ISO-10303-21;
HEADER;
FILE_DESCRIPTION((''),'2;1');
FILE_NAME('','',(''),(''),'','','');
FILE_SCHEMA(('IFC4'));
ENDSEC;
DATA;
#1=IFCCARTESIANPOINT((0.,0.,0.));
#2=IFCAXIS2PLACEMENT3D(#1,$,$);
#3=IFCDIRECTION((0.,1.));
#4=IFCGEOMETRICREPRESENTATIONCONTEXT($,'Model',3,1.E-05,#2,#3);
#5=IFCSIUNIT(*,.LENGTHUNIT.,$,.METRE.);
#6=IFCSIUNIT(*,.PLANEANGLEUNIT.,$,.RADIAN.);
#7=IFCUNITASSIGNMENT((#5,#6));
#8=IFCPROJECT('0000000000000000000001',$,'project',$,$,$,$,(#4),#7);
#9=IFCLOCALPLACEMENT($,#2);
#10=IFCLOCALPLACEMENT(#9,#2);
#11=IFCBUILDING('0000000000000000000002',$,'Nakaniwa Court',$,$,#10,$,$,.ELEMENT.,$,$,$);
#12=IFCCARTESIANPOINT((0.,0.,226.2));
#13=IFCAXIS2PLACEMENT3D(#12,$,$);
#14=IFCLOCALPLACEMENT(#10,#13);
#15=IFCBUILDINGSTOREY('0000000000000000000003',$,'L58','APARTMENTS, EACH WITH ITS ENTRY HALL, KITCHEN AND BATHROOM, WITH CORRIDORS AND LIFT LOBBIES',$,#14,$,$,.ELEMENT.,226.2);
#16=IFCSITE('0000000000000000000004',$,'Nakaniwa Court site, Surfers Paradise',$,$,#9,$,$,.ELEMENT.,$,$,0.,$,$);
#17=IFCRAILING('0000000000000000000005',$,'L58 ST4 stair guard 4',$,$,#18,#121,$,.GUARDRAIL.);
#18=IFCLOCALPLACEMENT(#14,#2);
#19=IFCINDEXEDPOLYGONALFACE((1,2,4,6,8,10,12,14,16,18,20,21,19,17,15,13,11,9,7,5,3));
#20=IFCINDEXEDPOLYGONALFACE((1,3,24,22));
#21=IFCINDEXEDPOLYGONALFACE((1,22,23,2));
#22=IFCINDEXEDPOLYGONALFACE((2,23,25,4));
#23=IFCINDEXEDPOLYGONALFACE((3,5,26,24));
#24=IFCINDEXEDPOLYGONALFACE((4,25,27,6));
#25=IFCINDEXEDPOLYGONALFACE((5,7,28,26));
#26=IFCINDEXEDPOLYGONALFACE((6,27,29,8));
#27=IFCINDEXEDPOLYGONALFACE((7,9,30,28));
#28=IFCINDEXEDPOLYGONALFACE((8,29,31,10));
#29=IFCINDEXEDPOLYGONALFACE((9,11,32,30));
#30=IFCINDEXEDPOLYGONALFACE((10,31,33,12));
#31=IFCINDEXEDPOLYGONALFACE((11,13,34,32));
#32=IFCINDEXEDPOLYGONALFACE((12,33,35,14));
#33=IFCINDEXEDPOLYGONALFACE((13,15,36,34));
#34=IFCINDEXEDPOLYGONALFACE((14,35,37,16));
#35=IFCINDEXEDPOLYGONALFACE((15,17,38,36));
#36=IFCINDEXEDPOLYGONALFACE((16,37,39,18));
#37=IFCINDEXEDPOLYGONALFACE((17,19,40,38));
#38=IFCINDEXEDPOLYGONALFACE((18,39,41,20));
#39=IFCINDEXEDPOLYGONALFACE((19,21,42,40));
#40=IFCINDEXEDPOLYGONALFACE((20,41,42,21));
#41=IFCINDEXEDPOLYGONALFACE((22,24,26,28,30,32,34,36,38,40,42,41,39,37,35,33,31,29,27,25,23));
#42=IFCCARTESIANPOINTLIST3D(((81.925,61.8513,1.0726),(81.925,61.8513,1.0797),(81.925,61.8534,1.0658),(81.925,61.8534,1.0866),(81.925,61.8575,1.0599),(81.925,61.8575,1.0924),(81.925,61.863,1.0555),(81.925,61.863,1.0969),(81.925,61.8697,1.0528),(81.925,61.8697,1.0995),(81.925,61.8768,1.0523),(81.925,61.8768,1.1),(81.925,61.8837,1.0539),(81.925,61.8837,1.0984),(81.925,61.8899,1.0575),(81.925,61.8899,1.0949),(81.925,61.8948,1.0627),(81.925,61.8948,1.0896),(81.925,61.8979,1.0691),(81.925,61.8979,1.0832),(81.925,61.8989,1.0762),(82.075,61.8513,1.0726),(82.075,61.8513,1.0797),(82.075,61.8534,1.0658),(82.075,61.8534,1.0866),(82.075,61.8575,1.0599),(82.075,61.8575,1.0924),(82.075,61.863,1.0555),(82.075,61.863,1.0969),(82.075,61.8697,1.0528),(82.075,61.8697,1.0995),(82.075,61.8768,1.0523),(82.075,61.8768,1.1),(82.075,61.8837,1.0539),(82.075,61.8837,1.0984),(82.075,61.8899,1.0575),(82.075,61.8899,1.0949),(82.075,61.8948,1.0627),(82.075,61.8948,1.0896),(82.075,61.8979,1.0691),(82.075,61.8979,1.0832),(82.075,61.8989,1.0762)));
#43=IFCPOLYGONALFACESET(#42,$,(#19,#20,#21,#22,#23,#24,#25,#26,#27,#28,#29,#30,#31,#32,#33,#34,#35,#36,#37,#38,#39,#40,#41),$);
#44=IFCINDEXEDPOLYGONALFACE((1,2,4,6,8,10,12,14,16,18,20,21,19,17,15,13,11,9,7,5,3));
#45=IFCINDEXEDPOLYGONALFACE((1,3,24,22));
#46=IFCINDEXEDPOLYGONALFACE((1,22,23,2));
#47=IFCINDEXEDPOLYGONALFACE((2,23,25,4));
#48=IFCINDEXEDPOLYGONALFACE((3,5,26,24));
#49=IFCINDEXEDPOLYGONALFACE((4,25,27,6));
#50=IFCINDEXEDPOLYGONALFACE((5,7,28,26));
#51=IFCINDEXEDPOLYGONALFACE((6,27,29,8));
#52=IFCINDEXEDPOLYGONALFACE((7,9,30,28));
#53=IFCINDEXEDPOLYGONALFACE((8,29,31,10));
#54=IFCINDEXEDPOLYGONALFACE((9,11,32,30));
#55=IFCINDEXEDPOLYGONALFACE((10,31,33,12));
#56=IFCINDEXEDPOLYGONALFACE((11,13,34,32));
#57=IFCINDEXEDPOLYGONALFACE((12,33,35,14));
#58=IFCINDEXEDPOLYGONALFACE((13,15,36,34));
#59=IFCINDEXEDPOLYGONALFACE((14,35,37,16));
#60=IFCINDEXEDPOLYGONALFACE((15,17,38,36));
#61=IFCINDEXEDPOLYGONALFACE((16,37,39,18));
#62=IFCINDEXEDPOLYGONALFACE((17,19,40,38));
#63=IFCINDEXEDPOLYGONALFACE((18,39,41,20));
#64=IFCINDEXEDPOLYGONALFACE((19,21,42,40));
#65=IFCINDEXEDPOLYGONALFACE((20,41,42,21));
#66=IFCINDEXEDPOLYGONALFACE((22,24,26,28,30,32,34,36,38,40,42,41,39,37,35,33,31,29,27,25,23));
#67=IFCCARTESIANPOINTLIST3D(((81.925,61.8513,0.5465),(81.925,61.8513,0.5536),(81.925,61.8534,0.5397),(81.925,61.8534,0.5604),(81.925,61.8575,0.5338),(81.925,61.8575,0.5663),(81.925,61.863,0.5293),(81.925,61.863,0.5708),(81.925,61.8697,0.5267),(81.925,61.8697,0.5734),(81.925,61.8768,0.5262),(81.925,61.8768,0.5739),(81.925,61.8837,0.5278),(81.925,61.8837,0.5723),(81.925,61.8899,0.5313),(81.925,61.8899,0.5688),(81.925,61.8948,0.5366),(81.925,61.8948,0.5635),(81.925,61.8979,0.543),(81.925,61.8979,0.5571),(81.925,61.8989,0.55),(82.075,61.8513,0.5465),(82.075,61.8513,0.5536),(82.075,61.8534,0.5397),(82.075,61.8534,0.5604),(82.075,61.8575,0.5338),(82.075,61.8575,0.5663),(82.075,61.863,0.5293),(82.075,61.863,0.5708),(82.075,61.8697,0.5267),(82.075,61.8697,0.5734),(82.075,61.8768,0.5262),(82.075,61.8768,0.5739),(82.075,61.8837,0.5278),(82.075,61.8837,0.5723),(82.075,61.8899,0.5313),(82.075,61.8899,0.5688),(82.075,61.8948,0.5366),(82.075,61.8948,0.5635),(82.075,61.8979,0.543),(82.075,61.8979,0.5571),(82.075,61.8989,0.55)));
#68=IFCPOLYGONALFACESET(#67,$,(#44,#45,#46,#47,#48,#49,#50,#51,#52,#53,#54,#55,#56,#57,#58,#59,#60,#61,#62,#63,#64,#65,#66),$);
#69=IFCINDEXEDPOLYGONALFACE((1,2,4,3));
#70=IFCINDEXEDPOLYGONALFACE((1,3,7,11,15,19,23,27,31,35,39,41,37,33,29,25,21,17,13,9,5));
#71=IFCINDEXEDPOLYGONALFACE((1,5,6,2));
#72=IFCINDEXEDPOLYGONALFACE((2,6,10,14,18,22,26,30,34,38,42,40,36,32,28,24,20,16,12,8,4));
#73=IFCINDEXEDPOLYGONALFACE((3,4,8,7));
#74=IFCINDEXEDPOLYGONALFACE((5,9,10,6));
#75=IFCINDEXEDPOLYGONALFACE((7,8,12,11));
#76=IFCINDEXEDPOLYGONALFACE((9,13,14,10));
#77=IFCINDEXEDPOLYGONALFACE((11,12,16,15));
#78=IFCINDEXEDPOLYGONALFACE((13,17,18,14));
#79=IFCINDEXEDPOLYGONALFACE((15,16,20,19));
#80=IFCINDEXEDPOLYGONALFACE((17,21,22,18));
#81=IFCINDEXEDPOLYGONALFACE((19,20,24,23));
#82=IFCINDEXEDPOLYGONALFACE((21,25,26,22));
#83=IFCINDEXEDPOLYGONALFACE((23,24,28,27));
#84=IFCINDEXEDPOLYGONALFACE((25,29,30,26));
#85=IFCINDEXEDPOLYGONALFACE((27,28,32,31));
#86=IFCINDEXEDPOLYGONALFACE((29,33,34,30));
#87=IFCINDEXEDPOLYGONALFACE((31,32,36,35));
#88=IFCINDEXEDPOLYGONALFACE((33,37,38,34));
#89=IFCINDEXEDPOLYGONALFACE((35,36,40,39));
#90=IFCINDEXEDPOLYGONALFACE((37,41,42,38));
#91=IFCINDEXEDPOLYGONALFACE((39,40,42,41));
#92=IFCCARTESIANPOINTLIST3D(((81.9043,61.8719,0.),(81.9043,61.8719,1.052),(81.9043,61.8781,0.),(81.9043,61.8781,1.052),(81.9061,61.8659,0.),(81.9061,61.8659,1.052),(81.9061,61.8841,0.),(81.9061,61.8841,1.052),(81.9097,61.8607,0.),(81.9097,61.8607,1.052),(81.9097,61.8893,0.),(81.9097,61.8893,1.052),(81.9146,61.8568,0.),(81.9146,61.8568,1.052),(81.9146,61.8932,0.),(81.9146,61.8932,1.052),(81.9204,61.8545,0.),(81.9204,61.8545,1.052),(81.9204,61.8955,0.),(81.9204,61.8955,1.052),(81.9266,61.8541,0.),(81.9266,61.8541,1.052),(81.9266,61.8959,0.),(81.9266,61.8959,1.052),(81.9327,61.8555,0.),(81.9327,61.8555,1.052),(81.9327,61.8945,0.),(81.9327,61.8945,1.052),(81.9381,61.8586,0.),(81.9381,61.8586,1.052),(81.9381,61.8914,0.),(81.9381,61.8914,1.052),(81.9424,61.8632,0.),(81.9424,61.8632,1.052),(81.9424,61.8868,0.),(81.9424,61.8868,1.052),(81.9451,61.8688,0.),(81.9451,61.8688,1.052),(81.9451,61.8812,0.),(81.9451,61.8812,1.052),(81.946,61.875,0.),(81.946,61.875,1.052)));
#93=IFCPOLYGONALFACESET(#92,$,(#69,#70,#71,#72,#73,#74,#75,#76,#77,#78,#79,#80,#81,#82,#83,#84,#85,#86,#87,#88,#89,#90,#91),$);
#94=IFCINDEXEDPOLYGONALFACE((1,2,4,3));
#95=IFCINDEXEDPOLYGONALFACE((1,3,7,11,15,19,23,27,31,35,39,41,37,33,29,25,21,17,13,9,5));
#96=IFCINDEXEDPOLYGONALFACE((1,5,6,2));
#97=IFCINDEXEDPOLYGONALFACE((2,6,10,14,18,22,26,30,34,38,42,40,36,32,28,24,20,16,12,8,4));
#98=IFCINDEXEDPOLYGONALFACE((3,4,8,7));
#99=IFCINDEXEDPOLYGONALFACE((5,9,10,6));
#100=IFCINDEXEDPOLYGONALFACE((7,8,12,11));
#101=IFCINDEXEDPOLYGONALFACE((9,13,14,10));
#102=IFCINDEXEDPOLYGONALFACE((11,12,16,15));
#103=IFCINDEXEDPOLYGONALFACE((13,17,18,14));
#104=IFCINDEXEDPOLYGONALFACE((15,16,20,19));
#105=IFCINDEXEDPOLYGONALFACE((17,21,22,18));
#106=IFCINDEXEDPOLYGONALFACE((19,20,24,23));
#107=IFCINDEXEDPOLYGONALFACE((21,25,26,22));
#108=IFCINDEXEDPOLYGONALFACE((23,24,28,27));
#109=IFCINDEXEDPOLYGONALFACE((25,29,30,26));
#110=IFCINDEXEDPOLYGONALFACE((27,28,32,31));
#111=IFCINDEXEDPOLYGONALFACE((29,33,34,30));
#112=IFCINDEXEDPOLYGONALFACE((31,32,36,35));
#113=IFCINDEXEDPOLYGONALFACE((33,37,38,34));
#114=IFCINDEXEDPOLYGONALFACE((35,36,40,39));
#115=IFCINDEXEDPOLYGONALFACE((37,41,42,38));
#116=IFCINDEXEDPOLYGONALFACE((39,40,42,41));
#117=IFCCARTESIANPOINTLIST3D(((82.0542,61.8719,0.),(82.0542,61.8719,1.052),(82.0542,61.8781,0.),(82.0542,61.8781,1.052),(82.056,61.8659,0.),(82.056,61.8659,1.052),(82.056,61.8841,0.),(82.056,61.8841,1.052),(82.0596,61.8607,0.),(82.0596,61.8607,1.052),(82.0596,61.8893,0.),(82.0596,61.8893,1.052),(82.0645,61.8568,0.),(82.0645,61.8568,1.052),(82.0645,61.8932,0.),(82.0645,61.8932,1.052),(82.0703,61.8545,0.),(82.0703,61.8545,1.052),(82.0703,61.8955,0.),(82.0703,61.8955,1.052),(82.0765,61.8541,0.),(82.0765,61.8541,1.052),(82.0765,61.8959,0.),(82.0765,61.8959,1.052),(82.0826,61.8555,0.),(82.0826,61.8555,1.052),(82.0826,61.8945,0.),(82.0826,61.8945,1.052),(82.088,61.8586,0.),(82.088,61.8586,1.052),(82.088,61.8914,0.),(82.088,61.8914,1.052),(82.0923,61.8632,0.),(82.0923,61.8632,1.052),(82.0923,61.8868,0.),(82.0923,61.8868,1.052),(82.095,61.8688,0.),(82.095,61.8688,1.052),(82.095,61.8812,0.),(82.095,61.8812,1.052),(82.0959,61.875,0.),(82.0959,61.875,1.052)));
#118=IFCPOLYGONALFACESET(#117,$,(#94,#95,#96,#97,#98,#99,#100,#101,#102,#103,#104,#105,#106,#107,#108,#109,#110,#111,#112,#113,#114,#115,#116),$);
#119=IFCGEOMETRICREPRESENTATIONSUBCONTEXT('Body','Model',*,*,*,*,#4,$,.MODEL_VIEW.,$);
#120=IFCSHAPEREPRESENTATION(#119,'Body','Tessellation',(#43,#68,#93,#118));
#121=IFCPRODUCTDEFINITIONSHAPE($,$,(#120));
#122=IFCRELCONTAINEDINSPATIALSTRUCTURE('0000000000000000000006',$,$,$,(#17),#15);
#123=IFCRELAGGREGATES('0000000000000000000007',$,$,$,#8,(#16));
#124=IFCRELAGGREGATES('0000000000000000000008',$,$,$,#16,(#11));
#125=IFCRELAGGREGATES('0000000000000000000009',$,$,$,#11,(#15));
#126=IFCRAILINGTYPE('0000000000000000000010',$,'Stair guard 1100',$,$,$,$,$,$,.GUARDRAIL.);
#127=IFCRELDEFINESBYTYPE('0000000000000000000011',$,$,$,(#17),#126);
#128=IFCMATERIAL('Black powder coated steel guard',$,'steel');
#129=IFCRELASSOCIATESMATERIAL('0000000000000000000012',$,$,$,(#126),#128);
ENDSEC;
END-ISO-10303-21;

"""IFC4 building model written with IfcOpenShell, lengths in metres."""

from ifc_helpers import new_model, si_unit, direction, frame, origin, origin_2d, place, context, subcontext, project, spatial, circle, extrude, material, type_object, element, save


model = new_model("IFC4")

# Units and contexts
model_context = context("Model", 3, precision=1e-05, world=origin(), true_north=direction((0.0, 1.0)))
body_context = subcontext(model_context, "Body", "Model", "MODEL_VIEW")
ifc_project = project(units=[si_unit("LENGTHUNIT", "METRE"), si_unit("PLANEANGLEUNIT", "RADIAN")], contexts=[model_context])

# Site, building, storey
site_placement = place(None, origin())
site = spatial("IfcSite", under=ifc_project, at=site_placement, Name="Nakaniwa Court site, Surfers Paradise", CompositionType="ELEMENT", RefElevation=0.0)
building_placement = place(site_placement, origin())
building = spatial("IfcBuilding", under=site, at=building_placement, Name="Nakaniwa Court", CompositionType="ELEMENT")
storey_placement = place(building_placement, frame((0.0, 0.0, 226.2)))
storey = spatial("IfcBuildingStorey", under=building, at=storey_placement, Name="L58", Description="APARTMENTS, EACH WITH ITS ENTRY HALL, KITCHEN AND BATHROOM, WITH CORRIDORS AND LIFT LOBBIES", CompositionType="ELEMENT", Elevation=226.2)

# Railing
ifc_material_1 = material(Name="Black powder coated steel guard", Category="steel")
railing_type_1 = type_object("IfcRailingType", Name="Stair guard 1100", PredefinedType="GUARDRAIL", material=ifc_material_1)
railing_1_placement = place(storey_placement, frame((81.925, 61.875, 0.0)))
element("IfcRailing", 1, at=railing_1_placement, inside=storey, type_object=railing_type_1, Name="L58 ST4 stair guard 4", PredefinedType="GUARDRAIL", context=body_context, shape_type="SweptSolid", body=[
    extrude(circle(Radius=0.0239, at=origin_2d()), frame((0.0, 0.0, 1.0762), z_axis=(1.0, 0.0, 0.0), x_axis=(0.0, 1.0, 0.0)), (0.0, 0.0, 1.0), 0.1499),
    extrude(circle(Radius=0.0239, at=origin_2d()), frame((0.0, 0.0, 0.55), z_axis=(1.0, 0.0, 0.0), x_axis=(0.0, 1.0, 0.0)), (0.0, 0.0, 1.0), 0.1499),
    extrude(circle(Radius=0.021, at=origin_2d()), origin(), (0.0, 0.0, 1.0), 1.052),
    extrude(circle(Radius=0.021, at=origin_2d()), frame((0.1499, 0.0, 0.0)), (0.0, 0.0, 1.0), 1.052),
])

save(model, "model.ifc")
